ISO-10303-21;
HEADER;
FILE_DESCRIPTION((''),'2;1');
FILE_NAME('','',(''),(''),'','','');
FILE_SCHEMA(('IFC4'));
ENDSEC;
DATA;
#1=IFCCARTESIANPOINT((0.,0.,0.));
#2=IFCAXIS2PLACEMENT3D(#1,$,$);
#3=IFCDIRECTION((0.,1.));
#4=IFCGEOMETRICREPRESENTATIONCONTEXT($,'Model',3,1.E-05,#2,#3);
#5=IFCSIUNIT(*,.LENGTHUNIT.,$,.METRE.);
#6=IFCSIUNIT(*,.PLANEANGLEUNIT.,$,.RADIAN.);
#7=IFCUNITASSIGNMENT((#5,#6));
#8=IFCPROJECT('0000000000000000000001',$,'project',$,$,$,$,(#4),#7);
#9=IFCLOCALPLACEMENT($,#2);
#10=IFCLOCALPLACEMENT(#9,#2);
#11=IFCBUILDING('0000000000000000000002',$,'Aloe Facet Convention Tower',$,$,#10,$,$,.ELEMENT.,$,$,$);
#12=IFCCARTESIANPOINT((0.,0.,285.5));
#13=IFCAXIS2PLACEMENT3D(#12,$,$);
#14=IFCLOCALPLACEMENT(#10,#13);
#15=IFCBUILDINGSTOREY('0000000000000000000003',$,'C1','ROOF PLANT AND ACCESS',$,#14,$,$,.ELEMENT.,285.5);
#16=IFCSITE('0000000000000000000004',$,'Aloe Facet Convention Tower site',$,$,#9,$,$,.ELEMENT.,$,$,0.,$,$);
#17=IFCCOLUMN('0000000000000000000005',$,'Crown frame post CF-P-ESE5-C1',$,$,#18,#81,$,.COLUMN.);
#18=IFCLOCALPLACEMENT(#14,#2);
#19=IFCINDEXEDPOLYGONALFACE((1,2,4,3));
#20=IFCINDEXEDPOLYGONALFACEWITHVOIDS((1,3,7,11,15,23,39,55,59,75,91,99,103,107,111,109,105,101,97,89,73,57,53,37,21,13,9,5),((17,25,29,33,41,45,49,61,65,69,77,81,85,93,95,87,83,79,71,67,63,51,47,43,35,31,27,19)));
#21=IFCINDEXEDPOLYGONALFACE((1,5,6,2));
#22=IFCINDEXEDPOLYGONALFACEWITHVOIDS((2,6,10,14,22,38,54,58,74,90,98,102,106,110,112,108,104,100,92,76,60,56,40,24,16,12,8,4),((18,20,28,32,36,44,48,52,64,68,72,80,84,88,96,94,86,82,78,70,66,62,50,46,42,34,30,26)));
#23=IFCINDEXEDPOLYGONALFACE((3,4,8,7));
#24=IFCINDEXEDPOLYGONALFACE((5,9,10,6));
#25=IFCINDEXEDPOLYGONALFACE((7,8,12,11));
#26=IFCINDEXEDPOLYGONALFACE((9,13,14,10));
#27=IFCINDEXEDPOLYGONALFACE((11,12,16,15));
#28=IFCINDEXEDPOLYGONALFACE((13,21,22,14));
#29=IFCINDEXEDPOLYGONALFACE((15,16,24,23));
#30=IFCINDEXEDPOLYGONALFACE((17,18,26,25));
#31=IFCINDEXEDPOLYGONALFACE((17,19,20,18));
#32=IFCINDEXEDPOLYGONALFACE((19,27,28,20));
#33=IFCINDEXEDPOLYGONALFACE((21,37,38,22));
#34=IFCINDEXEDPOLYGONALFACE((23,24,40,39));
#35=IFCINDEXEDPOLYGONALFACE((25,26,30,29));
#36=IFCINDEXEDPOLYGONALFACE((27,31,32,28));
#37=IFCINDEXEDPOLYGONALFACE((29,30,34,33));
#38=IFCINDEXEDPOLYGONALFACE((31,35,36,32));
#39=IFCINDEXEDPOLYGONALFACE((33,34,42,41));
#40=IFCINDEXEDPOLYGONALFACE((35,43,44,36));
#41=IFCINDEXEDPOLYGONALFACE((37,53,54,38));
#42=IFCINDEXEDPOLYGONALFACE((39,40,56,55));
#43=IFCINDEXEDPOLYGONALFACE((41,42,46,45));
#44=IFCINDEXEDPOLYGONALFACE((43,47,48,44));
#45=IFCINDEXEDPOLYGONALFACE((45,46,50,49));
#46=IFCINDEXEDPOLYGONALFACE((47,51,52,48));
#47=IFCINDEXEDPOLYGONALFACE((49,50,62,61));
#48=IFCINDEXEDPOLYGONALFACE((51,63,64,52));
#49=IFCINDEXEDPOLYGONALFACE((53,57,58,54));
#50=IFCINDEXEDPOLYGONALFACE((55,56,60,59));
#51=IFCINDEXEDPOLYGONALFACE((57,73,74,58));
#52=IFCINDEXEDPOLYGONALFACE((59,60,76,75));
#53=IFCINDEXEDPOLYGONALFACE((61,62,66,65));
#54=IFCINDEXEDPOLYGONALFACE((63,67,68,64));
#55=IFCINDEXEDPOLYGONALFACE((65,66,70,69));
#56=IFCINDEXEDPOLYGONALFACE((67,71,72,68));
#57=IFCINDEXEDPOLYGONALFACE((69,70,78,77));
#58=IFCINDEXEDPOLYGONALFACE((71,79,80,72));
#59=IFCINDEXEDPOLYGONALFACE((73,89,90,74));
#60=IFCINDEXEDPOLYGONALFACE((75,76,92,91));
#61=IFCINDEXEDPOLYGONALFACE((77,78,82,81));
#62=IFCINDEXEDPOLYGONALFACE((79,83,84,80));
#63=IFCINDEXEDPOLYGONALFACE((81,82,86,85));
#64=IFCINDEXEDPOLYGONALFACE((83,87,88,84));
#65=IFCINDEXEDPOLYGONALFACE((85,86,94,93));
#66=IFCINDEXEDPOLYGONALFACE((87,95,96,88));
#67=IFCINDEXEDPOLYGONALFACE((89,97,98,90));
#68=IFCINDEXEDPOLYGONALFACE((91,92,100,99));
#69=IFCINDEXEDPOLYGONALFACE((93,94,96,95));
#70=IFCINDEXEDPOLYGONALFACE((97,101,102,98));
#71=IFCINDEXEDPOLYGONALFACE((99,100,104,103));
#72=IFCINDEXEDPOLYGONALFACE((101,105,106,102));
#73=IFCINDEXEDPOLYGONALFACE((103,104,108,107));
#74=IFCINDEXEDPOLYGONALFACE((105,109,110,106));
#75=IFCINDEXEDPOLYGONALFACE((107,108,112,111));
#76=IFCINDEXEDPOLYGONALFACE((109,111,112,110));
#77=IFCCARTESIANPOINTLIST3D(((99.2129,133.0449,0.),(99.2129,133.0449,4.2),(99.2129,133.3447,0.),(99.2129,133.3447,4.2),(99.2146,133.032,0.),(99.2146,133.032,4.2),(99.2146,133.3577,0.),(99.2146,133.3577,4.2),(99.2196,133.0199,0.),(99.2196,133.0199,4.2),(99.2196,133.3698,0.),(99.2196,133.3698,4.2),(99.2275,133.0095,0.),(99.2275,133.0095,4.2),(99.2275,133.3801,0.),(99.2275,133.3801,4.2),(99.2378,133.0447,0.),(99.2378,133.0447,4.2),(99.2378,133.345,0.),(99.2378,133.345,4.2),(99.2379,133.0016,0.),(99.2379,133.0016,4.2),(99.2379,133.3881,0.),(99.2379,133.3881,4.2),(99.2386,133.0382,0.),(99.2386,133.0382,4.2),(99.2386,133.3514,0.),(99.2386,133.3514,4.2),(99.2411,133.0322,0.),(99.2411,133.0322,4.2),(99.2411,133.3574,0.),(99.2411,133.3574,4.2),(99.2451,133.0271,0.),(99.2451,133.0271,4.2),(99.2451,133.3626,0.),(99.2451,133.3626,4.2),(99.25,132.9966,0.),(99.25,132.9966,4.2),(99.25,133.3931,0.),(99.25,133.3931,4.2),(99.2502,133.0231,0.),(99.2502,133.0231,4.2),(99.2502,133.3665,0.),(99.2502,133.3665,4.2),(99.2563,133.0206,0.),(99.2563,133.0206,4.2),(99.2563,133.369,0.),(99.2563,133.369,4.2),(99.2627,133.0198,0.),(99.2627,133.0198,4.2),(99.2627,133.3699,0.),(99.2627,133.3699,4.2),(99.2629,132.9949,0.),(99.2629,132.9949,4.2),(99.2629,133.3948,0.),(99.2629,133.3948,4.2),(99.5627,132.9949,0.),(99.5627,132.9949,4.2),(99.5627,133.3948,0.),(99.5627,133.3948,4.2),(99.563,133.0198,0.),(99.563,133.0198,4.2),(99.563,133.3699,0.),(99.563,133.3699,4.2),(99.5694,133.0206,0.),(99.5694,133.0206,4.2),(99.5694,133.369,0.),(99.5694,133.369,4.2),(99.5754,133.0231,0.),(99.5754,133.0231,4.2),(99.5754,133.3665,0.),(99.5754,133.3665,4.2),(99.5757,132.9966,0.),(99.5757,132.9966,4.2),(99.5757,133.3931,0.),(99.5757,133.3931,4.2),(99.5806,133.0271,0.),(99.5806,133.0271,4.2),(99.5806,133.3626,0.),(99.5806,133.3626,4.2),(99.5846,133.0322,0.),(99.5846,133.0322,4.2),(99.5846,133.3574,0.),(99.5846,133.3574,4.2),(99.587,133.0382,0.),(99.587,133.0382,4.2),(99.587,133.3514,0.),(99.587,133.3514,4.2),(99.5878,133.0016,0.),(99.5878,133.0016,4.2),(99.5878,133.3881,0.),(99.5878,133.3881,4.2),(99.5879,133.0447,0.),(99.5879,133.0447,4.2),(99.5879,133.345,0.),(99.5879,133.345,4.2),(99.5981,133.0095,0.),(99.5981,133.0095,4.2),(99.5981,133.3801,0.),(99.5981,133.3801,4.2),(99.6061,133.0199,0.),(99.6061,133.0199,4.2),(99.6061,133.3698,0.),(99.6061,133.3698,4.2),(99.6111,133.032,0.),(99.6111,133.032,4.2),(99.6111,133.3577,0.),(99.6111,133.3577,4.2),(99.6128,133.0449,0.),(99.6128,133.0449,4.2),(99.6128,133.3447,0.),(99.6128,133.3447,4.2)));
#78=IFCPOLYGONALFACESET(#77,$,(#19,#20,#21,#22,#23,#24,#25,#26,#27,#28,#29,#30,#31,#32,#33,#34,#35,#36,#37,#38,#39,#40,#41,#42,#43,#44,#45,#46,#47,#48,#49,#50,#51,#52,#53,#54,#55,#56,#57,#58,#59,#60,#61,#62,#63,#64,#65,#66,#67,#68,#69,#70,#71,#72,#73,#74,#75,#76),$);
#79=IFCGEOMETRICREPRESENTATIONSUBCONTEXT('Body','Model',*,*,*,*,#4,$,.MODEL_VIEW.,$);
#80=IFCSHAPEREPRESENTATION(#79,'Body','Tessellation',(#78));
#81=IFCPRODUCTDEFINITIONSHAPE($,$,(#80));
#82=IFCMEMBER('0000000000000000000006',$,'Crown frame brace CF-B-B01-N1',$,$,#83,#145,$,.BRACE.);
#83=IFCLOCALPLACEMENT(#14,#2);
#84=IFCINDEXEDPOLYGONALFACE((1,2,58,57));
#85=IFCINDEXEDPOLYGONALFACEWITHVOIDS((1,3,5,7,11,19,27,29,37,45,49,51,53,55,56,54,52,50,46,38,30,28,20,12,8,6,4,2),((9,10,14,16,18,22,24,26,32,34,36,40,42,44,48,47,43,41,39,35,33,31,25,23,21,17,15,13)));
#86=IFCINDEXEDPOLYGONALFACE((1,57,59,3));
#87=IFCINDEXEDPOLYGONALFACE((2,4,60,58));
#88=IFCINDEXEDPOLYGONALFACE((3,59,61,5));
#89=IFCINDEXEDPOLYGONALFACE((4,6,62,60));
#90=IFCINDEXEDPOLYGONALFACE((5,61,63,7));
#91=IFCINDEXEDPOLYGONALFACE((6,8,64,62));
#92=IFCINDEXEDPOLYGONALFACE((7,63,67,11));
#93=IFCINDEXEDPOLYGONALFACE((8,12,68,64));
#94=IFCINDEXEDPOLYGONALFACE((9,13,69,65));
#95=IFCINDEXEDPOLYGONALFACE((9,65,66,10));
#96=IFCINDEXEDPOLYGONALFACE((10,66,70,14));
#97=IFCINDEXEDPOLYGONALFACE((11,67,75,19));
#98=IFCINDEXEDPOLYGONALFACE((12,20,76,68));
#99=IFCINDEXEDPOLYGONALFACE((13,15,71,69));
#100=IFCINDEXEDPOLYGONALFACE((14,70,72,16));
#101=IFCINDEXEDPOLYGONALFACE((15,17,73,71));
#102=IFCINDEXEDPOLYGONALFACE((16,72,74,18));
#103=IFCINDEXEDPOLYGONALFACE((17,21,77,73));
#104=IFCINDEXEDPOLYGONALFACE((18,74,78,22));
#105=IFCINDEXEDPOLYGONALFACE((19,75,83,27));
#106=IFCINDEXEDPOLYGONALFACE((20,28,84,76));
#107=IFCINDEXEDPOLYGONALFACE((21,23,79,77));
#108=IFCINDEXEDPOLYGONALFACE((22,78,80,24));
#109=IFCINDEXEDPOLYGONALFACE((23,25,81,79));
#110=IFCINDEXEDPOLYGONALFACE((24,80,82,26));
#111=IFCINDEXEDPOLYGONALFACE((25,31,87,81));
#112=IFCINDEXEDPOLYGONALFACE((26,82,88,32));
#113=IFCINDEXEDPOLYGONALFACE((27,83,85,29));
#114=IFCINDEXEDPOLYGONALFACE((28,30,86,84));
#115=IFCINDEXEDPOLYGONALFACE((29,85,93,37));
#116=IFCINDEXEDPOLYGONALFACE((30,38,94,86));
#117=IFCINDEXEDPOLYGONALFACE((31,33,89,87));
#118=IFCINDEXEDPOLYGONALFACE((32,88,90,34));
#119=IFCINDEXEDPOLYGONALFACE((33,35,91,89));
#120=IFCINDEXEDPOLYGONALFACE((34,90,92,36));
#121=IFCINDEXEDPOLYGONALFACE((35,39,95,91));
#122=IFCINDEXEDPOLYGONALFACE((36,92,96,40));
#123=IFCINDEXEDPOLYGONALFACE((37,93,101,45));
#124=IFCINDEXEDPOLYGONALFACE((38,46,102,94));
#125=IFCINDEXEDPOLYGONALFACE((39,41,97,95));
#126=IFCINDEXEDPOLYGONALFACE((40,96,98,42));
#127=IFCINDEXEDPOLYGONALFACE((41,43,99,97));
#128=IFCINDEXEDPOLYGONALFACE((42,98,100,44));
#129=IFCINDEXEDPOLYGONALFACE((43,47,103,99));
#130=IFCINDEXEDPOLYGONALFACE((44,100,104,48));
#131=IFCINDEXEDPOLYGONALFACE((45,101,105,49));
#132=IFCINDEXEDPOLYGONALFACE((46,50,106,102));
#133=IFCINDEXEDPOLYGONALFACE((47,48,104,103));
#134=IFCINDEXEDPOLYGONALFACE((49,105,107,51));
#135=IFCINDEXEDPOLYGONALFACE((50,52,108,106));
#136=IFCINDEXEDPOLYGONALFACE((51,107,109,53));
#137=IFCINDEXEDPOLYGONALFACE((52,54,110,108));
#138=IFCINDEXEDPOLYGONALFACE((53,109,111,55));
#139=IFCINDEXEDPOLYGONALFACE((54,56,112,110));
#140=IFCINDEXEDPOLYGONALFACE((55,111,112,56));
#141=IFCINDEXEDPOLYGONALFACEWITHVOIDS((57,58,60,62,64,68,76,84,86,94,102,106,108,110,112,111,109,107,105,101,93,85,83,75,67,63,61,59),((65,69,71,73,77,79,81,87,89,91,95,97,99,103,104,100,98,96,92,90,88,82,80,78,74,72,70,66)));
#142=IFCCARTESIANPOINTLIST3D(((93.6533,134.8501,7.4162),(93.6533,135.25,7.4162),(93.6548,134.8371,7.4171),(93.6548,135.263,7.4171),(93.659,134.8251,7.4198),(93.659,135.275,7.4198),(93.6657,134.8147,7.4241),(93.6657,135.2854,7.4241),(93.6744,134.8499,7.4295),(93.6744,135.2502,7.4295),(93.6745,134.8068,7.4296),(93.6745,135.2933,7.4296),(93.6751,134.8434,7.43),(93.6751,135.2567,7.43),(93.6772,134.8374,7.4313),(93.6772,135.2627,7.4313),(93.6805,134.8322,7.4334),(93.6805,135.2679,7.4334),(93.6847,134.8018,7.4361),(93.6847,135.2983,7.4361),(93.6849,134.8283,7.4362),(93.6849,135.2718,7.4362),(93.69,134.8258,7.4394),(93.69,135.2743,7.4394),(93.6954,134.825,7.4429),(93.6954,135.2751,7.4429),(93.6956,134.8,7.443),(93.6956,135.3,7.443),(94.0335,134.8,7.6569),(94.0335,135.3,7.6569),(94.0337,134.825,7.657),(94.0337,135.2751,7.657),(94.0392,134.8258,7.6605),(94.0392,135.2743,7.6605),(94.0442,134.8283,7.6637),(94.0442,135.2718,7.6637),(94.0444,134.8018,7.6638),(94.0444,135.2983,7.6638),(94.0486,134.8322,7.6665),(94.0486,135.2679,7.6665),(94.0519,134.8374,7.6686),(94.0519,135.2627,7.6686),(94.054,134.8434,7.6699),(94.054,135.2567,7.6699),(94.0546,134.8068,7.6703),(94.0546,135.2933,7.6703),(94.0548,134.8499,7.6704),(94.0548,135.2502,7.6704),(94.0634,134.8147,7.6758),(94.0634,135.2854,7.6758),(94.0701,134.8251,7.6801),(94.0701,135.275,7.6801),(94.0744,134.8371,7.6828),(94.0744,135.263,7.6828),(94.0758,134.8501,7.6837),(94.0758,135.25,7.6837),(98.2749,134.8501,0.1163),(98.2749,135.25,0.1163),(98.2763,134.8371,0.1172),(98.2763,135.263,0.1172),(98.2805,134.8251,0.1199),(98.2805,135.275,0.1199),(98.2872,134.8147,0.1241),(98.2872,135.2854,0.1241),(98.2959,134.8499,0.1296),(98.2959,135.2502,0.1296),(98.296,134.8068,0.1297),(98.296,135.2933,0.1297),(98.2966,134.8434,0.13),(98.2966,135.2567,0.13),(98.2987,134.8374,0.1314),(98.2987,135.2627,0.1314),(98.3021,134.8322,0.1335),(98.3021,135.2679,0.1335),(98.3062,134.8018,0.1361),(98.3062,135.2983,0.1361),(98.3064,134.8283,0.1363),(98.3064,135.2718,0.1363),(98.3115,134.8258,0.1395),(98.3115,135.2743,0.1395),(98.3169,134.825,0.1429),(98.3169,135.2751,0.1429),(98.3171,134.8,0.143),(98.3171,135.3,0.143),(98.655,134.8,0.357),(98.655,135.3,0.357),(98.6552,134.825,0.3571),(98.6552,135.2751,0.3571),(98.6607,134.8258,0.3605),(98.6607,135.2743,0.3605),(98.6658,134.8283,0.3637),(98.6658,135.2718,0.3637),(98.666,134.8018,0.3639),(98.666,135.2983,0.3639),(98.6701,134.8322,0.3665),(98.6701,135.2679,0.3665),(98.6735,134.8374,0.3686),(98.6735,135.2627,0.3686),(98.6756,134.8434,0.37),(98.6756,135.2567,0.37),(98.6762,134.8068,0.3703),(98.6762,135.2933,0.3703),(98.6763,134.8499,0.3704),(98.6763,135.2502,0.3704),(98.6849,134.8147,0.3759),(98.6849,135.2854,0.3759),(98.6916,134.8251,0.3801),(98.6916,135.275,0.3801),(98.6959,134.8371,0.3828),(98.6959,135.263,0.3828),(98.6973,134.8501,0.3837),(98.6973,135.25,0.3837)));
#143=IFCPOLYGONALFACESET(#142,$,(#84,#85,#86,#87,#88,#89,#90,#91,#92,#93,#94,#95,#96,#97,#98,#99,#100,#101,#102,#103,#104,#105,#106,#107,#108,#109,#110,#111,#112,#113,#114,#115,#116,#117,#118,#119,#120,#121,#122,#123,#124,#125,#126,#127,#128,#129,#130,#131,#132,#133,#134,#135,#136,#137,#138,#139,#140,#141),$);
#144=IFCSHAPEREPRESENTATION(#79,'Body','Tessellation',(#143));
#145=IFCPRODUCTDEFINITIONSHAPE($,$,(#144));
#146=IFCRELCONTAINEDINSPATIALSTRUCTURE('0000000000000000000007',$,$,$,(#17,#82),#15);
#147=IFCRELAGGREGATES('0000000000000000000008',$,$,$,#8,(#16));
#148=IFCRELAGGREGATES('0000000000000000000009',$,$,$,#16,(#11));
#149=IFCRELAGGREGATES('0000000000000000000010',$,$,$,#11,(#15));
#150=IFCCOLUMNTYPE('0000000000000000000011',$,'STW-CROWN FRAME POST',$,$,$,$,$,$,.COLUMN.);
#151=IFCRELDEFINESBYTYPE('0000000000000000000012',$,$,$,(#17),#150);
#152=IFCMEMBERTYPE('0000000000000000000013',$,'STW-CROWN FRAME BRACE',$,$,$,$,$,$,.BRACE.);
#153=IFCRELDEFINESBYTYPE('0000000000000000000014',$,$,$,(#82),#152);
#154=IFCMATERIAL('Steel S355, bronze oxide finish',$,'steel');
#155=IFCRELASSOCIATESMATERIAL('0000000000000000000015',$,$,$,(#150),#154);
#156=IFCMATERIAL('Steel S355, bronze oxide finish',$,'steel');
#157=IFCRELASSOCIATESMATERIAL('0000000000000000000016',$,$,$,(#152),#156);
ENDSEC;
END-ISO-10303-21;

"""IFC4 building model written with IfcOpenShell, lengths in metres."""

from ifc_helpers import new_model, si_unit, direction, frame, origin, origin_2d, place, context, subcontext, project, spatial, hollow_rectangle, extrude, material, material_profile, profile_set, type_object, element, save


model = new_model("IFC4")

# Units and contexts
model_context = context("Model", 3, precision=1e-05, world=origin(), true_north=direction((0.0, 1.0)))
body_context = subcontext(model_context, "Body", "Model", "MODEL_VIEW")
ifc_project = project(units=[si_unit("LENGTHUNIT", "METRE"), si_unit("PLANEANGLEUNIT", "RADIAN")], contexts=[model_context])

# Site, building, storey
site_placement = place(None, origin())
site = spatial("IfcSite", under=ifc_project, at=site_placement, Name="Aloe Facet Convention Tower site", CompositionType="ELEMENT", RefElevation=0.0)
building_placement = place(site_placement, origin())
building = spatial("IfcBuilding", under=site, at=building_placement, Name="Aloe Facet Convention Tower", CompositionType="ELEMENT")
storey_placement = place(building_placement, frame((0.0, 0.0, 285.5)))
storey = spatial("IfcBuildingStorey", under=building, at=storey_placement, Name="C1", Description="ROOF PLANT AND ACCESS", CompositionType="ELEMENT", Elevation=285.5)

# Column
ifc_material_1 = material(Name="Steel S355, bronze oxide finish", Category="steel")
ifc_material_profile_1 = material_profile(ifc_material_1, hollow_rectangle(XDim=0.3999, YDim=0.3999, WallThickness=0.0249, InnerFilletRadius=0.0249, OuterFilletRadius=0.05, at=origin_2d()), Name="SHS 400x400x25")
ifc_profile_set_1 = profile_set([ifc_material_profile_1], Name="Steel S355, bronze oxide finish")
column_type = type_object("IfcColumnType", Name="STW-CROWN FRAME POST", PredefinedType="COLUMN", material=ifc_profile_set_1)
for number, where, z_axis, x_axis, name in (
    (1, (99.4128, 133.1948, 0.0), (0.0, 0.0, 1.0), (1.0, 0.0, 0.0), "Crown frame post CF-P-ESE5-C1"),
):
    element("IfcColumn", number, at=place(storey_placement, frame(where, z_axis=z_axis, x_axis=x_axis)), inside=storey, type_object=column_type, Name=name, PredefinedType="COLUMN", context=body_context, shape_type="SweptSolid", body=[
        extrude(hollow_rectangle(XDim=0.3999, YDim=0.3999, WallThickness=0.0249, InnerFilletRadius=0.0249, OuterFilletRadius=0.05, at=origin_2d()), origin(), (0.0, 0.0, 1.0), 4.2),
    ])

# Member
ifc_material_2 = material(Name="Steel S355, bronze oxide finish", Category="steel")
ifc_material_profile_2 = material_profile(ifc_material_2, hollow_rectangle(XDim=0.5, YDim=0.5, WallThickness=0.0249, InnerFilletRadius=0.0249, OuterFilletRadius=0.05, at=origin_2d()), Name="SHS 500x500x25")
ifc_profile_set_2 = profile_set([ifc_material_profile_2], Name="Steel S355, bronze oxide finish")
member_type = type_object("IfcMemberType", Name="STW-CROWN FRAME BRACE", PredefinedType="BRACE", material=ifc_profile_set_2)
for number, where, z_axis, x_axis, name in (
    (2, (98.4861, 135.05, 0.25), (-0.534905, 0.0, 0.844912), (0.0, -1.0, 0.0), "Crown frame brace CF-B-B01-N1"),
):
    element("IfcMember", number, at=place(storey_placement, frame(where, z_axis=z_axis, x_axis=x_axis)), inside=storey, type_object=member_type, Name=name, PredefinedType="BRACE", context=body_context, shape_type="SweptSolid", body=[
        extrude(hollow_rectangle(XDim=0.5, YDim=0.5, WallThickness=0.0249, InnerFilletRadius=0.0249, OuterFilletRadius=0.05, at=origin_2d()), origin(), (0.0, 0.0, 1.0), 8.6399),
    ])

save(model, "model.ifc")
